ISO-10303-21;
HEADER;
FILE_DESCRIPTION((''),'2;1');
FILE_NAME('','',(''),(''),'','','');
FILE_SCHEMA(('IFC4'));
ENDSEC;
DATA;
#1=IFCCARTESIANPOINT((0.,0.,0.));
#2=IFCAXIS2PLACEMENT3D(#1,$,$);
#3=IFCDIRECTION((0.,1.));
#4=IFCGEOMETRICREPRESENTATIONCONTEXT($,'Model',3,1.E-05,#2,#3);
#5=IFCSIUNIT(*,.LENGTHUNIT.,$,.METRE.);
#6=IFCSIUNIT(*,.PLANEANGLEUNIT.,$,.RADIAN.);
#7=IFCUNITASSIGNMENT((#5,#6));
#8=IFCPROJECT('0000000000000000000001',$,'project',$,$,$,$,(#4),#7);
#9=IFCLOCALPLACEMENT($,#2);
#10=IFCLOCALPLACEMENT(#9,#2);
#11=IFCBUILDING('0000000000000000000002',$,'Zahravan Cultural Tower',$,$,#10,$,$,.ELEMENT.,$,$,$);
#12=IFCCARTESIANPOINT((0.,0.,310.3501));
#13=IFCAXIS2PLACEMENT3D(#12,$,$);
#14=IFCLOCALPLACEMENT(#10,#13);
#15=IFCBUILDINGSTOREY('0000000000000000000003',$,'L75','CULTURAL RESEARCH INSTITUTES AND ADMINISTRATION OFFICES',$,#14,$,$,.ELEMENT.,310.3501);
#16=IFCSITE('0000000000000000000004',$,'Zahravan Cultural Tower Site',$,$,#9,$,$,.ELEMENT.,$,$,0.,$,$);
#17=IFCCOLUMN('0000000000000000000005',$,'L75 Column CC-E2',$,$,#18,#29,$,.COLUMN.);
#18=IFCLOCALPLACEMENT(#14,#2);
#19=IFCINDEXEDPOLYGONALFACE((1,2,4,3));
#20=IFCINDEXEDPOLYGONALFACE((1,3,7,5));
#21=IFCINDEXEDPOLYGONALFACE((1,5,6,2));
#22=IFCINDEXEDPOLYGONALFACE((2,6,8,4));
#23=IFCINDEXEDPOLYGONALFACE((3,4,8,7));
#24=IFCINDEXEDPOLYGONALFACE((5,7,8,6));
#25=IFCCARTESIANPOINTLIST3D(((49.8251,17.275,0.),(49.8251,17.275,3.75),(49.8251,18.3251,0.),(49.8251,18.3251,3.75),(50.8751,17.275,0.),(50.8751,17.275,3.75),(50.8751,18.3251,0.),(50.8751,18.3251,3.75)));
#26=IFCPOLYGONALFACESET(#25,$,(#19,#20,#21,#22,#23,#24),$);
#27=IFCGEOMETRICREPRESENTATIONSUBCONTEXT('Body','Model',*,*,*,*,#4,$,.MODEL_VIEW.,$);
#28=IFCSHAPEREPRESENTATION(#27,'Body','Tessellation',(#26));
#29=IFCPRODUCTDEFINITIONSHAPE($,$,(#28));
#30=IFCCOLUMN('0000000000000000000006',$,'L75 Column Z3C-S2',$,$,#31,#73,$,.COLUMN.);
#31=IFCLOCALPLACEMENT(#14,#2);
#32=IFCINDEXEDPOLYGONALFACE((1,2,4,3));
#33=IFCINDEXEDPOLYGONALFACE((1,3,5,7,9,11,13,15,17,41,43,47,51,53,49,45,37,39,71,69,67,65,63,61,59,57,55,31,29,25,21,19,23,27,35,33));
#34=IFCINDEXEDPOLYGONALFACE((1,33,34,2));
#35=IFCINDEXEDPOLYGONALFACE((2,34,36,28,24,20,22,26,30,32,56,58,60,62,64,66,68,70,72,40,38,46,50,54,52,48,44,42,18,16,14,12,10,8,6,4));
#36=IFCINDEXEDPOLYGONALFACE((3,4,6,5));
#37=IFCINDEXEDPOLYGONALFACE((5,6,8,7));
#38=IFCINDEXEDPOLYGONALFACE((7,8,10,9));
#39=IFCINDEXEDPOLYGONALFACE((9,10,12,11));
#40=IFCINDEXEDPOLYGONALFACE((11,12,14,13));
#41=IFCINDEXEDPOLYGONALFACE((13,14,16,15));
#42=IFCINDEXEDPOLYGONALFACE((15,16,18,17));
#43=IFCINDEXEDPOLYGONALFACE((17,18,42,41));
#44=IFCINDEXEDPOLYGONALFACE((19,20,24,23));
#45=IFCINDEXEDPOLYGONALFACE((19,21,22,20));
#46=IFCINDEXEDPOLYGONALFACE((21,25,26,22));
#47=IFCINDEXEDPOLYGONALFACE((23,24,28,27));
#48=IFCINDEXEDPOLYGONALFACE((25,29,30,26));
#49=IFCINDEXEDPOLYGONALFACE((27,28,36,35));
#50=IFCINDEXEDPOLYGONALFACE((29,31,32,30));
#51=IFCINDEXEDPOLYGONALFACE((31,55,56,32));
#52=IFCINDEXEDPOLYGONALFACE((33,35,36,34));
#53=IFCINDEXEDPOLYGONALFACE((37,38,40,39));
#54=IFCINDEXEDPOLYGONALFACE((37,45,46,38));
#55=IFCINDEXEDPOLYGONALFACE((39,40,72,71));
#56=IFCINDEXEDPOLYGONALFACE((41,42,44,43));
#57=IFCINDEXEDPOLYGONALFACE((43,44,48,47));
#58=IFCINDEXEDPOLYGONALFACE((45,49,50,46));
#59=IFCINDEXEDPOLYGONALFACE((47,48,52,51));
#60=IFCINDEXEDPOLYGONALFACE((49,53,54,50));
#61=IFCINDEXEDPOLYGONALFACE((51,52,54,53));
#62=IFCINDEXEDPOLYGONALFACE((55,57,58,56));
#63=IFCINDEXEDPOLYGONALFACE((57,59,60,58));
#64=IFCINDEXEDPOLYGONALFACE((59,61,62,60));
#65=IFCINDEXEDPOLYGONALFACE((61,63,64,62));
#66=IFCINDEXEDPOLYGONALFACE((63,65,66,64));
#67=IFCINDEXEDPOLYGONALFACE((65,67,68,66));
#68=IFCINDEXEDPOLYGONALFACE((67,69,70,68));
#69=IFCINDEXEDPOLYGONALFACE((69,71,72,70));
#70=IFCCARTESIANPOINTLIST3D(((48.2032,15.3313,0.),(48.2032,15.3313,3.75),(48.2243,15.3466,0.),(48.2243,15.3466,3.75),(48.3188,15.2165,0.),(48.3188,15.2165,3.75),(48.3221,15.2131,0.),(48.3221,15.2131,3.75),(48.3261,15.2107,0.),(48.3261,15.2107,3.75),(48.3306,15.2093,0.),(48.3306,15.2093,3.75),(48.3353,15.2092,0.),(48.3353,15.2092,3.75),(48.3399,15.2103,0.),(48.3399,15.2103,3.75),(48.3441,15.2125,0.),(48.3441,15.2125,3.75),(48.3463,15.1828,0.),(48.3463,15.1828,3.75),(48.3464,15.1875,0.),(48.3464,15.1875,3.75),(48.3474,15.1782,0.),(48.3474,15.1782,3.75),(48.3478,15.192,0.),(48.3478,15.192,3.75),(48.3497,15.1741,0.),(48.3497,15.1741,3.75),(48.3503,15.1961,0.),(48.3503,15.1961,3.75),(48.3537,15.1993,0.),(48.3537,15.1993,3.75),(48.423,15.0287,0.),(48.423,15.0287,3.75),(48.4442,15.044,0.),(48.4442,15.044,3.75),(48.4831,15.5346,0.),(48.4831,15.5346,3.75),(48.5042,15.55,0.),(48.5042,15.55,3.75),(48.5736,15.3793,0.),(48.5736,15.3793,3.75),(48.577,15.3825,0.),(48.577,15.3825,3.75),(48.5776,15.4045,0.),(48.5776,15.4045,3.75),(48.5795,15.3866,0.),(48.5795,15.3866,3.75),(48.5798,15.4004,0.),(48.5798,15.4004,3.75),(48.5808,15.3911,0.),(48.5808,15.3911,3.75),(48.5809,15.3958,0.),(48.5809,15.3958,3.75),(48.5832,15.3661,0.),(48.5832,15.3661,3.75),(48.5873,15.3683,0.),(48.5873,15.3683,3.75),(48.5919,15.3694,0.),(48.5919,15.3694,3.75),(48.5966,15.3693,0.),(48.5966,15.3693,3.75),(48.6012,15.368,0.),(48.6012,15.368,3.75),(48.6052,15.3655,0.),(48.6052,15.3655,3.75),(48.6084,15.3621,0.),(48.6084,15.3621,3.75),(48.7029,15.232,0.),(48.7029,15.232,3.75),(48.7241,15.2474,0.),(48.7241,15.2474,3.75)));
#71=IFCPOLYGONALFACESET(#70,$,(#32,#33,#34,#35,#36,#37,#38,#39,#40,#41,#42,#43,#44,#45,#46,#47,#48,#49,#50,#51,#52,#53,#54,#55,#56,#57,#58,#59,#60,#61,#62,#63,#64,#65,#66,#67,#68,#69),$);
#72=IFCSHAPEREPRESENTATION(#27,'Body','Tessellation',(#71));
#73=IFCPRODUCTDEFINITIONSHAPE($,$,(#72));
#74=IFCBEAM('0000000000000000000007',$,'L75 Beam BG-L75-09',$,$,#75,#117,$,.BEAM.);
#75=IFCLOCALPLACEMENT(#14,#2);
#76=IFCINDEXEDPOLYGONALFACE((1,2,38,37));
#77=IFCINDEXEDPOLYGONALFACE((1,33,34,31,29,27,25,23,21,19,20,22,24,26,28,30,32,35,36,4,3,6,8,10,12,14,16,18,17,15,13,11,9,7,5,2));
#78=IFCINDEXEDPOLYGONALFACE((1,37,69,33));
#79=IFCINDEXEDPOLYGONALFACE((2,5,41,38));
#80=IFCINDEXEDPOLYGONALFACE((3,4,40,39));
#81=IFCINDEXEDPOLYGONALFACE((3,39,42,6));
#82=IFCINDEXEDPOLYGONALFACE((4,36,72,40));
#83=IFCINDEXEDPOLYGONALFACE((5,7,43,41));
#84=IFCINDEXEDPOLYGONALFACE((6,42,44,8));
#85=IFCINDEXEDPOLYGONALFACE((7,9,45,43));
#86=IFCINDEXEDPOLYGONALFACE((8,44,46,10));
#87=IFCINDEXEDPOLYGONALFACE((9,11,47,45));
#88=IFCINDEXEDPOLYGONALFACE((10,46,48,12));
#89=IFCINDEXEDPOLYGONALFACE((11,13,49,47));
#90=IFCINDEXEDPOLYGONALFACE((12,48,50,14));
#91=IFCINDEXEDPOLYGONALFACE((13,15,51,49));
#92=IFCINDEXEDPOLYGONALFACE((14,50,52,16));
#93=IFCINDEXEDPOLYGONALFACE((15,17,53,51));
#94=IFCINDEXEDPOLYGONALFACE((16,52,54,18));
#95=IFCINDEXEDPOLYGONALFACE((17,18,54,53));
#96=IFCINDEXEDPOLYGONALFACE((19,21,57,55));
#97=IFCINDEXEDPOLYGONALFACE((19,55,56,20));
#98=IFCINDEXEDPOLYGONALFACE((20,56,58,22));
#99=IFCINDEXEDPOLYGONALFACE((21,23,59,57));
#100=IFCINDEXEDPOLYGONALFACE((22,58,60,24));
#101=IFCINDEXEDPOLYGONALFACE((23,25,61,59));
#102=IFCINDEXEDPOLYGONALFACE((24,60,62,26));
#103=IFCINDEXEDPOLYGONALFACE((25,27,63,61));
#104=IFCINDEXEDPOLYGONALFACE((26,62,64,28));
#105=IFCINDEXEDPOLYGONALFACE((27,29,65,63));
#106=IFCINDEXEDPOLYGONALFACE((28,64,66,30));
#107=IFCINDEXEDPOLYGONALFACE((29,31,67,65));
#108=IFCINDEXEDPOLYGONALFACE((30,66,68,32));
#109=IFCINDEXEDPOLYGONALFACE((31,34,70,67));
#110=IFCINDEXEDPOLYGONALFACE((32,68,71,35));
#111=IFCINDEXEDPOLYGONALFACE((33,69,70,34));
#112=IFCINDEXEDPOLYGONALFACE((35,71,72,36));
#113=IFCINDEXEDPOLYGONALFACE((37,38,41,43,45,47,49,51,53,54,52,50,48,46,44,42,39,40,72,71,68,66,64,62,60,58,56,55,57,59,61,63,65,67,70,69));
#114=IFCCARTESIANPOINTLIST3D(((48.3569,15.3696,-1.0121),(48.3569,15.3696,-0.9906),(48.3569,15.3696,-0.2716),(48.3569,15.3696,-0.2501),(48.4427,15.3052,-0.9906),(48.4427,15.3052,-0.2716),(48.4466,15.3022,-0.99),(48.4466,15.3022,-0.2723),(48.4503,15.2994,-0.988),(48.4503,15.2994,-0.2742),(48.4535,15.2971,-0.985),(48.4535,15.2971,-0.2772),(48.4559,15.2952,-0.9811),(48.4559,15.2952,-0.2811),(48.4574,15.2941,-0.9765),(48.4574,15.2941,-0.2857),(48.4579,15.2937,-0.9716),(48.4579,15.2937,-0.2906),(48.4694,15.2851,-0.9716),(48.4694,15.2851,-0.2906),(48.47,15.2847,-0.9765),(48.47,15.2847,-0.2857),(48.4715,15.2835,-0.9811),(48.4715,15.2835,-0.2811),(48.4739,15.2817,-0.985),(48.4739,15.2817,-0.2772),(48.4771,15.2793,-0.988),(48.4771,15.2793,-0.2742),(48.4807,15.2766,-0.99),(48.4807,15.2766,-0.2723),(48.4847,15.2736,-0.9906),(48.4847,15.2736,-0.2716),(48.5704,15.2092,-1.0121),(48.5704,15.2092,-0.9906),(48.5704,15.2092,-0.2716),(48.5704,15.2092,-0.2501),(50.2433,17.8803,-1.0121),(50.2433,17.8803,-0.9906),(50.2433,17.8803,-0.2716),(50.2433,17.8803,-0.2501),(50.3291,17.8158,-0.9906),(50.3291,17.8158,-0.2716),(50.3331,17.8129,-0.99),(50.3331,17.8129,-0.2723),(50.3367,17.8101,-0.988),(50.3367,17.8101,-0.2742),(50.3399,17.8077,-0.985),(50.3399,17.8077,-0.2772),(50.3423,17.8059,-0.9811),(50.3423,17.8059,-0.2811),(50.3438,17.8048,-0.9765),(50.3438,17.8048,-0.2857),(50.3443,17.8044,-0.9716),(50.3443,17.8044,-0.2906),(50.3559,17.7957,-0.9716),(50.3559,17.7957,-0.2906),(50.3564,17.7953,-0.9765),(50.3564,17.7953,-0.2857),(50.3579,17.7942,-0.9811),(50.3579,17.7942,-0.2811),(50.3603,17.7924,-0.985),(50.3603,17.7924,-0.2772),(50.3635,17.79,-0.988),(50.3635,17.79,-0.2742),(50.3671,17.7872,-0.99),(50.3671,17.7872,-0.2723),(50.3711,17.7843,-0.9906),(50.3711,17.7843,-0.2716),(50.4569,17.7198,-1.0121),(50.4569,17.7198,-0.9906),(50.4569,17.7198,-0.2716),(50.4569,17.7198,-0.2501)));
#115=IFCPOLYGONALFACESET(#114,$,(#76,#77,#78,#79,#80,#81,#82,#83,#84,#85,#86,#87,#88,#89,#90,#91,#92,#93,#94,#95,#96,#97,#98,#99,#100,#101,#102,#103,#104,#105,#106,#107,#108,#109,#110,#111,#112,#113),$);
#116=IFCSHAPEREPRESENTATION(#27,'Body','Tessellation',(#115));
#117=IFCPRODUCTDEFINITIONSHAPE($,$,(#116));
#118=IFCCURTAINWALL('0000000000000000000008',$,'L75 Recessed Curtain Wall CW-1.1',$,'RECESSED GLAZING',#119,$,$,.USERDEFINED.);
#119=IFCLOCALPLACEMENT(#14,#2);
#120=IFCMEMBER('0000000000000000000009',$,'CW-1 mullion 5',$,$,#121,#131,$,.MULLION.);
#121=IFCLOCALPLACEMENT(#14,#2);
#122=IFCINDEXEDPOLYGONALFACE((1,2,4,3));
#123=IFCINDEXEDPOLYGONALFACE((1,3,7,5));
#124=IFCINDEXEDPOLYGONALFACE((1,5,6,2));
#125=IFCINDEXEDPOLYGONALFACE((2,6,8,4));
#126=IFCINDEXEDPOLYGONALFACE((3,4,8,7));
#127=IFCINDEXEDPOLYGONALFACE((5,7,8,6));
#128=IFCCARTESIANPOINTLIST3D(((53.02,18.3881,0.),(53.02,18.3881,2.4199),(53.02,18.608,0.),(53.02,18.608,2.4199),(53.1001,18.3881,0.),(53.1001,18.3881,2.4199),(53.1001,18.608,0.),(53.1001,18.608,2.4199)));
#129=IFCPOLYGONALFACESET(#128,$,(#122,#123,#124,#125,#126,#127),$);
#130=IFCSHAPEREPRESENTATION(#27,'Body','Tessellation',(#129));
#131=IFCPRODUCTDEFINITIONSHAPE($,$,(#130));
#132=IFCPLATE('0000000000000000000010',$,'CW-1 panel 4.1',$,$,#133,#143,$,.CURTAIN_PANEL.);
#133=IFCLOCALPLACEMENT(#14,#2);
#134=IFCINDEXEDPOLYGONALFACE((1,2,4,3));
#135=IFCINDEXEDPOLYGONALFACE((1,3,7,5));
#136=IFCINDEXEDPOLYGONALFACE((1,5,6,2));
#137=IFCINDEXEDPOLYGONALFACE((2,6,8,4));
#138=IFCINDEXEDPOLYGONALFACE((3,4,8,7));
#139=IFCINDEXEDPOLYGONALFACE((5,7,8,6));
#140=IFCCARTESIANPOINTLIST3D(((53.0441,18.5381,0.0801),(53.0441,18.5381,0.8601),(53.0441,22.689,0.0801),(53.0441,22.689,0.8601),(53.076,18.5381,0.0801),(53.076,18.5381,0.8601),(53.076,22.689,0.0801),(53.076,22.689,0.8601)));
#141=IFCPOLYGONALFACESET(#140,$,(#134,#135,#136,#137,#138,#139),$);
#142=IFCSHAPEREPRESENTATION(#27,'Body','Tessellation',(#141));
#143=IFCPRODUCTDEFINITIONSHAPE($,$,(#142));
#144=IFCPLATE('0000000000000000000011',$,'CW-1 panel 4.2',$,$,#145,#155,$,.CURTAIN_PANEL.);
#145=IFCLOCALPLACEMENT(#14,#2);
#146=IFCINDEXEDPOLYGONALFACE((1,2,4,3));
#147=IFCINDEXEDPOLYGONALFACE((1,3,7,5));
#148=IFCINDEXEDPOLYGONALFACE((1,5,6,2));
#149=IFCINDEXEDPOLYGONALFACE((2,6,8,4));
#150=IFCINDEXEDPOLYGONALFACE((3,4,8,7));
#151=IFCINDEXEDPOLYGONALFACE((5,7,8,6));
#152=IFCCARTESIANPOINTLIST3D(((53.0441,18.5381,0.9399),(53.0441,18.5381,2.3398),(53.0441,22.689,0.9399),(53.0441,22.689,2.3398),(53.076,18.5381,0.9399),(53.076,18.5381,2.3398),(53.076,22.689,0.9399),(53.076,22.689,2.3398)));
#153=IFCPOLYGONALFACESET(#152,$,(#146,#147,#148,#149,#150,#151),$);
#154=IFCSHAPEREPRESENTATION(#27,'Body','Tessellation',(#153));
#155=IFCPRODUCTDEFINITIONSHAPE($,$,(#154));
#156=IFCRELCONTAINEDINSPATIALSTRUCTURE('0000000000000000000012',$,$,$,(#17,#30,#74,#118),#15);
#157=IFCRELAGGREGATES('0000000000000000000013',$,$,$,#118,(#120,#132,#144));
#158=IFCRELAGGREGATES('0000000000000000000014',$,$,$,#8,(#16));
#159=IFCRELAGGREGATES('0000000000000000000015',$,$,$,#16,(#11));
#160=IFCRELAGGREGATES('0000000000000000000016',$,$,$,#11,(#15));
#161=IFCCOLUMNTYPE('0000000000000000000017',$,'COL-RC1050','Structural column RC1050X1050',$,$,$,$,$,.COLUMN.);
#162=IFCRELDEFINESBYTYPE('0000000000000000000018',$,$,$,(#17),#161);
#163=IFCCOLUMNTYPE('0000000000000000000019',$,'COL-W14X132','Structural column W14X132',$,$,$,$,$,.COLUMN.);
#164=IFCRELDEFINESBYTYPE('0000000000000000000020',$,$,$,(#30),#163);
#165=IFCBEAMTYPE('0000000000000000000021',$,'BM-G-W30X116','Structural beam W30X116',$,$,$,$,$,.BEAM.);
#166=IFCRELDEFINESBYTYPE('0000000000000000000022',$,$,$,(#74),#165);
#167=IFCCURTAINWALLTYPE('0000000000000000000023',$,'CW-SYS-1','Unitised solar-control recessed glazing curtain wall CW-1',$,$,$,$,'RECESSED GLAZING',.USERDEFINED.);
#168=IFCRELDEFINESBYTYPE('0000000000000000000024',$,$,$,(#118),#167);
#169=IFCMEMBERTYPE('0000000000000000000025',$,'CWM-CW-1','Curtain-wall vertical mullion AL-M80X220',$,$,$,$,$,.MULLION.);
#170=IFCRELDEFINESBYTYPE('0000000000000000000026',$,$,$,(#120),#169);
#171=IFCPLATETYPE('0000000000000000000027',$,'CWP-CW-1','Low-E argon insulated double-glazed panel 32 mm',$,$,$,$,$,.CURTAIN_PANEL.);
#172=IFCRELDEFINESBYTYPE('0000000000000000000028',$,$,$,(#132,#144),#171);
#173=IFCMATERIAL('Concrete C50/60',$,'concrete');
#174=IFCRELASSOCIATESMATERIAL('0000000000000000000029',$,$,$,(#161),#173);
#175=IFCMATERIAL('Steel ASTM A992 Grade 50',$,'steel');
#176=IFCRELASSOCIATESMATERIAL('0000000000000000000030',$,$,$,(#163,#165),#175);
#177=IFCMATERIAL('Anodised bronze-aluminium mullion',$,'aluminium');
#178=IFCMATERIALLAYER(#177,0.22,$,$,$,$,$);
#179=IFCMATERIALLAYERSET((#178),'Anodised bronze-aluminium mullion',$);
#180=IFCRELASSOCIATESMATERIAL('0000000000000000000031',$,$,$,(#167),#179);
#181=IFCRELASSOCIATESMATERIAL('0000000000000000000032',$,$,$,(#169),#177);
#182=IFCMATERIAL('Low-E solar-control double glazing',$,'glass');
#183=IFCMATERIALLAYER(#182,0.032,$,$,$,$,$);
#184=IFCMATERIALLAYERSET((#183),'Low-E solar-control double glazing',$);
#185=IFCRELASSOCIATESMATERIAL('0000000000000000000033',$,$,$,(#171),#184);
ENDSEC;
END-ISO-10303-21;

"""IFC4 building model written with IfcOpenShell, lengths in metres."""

from ifc_helpers import new_model, si_unit, direction, frame, origin, origin_2d, place, context, subcontext, project, spatial, rectangle, i_section, extrude, source, transform, mapped, material, layer, layer_set, material_profile, profile_set, type_object, element, aggregate, save


model = new_model("IFC4")

# Units and contexts
model_context = context("Model", 3, precision=1e-05, world=origin(), true_north=direction((0.0, 1.0)))
body_context = subcontext(model_context, "Body", "Model", "MODEL_VIEW")
ifc_project = project(units=[si_unit("LENGTHUNIT", "METRE"), si_unit("PLANEANGLEUNIT", "RADIAN")], contexts=[model_context])

# Site, building, storey
site_placement = place(None, origin())
site = spatial("IfcSite", under=ifc_project, at=site_placement, Name="Zahravan Cultural Tower Site", CompositionType="ELEMENT", RefElevation=0.0)
building_placement = place(site_placement, origin())
building = spatial("IfcBuilding", under=site, at=building_placement, Name="Zahravan Cultural Tower", CompositionType="ELEMENT")
storey_placement = place(building_placement, frame((0.0, 0.0, 310.3501)))
storey = spatial("IfcBuildingStorey", under=building, at=storey_placement, Name="L75", Description="CULTURAL RESEARCH INSTITUTES AND ADMINISTRATION OFFICES", CompositionType="ELEMENT", Elevation=310.3501)

# Columns
ifc_material_1 = material(Name="Concrete C50/60", Category="concrete")
ifc_material_profile_1 = material_profile(ifc_material_1, rectangle(XDim=1.05, YDim=1.05, at=origin_2d()), Name="RC1050X1050")
ifc_profile_set_1 = profile_set([ifc_material_profile_1], Name="Concrete C50/60")
column_type_1 = type_object("IfcColumnType", Name="COL-RC1050", Description="Structural column RC1050X1050", PredefinedType="COLUMN", material=ifc_profile_set_1)
shared_shape_1 = source(origin(), body_context, "Body", "SweptSolid", [
    extrude(rectangle(XDim=1.05, YDim=1.05, at=origin_2d()), origin(), (0.0, 0.0, 1.0), 3.75),
])
column_1_placement = place(storey_placement, frame((50.3501, 17.8, 0.0), z_axis=(0.0, 0.0, 1.0), x_axis=(1.0, 0.0, 0.0)))
element("IfcColumn", 1, at=column_1_placement, inside=storey, type_object=column_type_1, Name="L75 Column CC-E2", PredefinedType="COLUMN", context=body_context, shape_type="MappedRepresentation", body=[
    mapped(shared_shape_1, transform((0.0, 0.0, 0.0), x_axis=(1.0, 0.0, 0.0), y_axis=(0.0, 1.0, 0.0), z_axis=(0.0, 0.0, 1.0), scale=1.0)),
])
ifc_material_2 = material(Name="Steel ASTM A992 Grade 50", Category="steel")
ifc_material_profile_2 = material_profile(ifc_material_2, i_section(OverallWidth=0.374, OverallDepth=0.3721, WebThickness=0.0164, FlangeThickness=0.0261, FilletRadius=0.0181, at=origin_2d()), Name="W14X132")
ifc_profile_set_2 = profile_set([ifc_material_profile_2], Name="Steel ASTM A992 Grade 50")
column_type_2 = type_object("IfcColumnType", Name="COL-W14X132", Description="Structural column W14X132", PredefinedType="COLUMN", material=ifc_profile_set_2)
shared_shape_2 = source(origin(), body_context, "Body", "SweptSolid", [
    extrude(i_section(OverallWidth=0.374, OverallDepth=0.3721, WebThickness=0.0164, FlangeThickness=0.0261, FilletRadius=0.0181, at=origin_2d()), origin(), (0.0, 0.0, 1.0), 3.75),
])
column_2_placement = place(storey_placement, frame((48.4636, 15.2893, 0.0), z_axis=(0.0, 0.0, 1.0), x_axis=(-0.587785, 0.809017, 0.0)))
element("IfcColumn", 2, at=column_2_placement, inside=storey, type_object=column_type_2, Name="L75 Column Z3C-S2", PredefinedType="COLUMN", context=body_context, shape_type="MappedRepresentation", body=[
    mapped(shared_shape_2, transform((0.0, 0.0, 0.0), x_axis=(1.0, 0.0, 0.0), y_axis=(0.0, 1.0, 0.0), z_axis=(0.0, 0.0, 1.0), scale=1.0)),
])

# Beam
ifc_material_profile_3 = material_profile(ifc_material_2, i_section(OverallWidth=0.2671, OverallDepth=0.762, WebThickness=0.0144, FlangeThickness=0.0215, FilletRadius=0.019, at=origin_2d()), Name="W30X116")
ifc_profile_set_3 = profile_set([ifc_material_profile_3], Name="Steel ASTM A992 Grade 50")
beam_type = type_object("IfcBeamType", Name="BM-G-W30X116", Description="Structural beam W30X116", PredefinedType="BEAM", material=ifc_profile_set_3)
shared_shape_3 = source(origin(), body_context, "Body", "SweptSolid", [
    extrude(i_section(OverallWidth=0.2671, OverallDepth=0.762, WebThickness=0.0144, FlangeThickness=0.0215, FilletRadius=0.019, at=origin_2d()), origin(), (0.0, 0.0, 1.0), 3.1404),
])
beam_placement = place(storey_placement, frame((50.3501, 17.8, -0.6311), z_axis=(-0.600696, -0.799477, 0.0), x_axis=(0.799477, -0.600696, 0.0)))
element("IfcBeam", 3, at=beam_placement, inside=storey, type_object=beam_type, Name="L75 Beam BG-L75-09", PredefinedType="BEAM", context=body_context, shape_type="MappedRepresentation", body=[
    mapped(shared_shape_3, transform((0.0, 0.0, 0.0), x_axis=(1.0, 0.0, 0.0), y_axis=(0.0, 1.0, 0.0), z_axis=(0.0, 0.0, 1.0), scale=1.0)),
])

# Curtain wall, member, plates
ifc_material_3 = material(Name="Anodised bronze-aluminium mullion", Category="aluminium")
ifc_layer_1 = layer(ifc_material_3, 0.22)
ifc_layer_set_1 = layer_set([ifc_layer_1], Name="Anodised bronze-aluminium mullion")
curtain_wall_type = type_object("IfcCurtainWallType", Name="CW-SYS-1", Description="Unitised solar-control recessed glazing curtain wall CW-1", ElementType="RECESSED GLAZING", PredefinedType="USERDEFINED", material=ifc_layer_set_1)
curtain_wall_placement = place(storey_placement, origin())
curtain_wall = element("IfcCurtainWall", 4, at=curtain_wall_placement, inside=storey, type_object=curtain_wall_type, Name="L75 Recessed Curtain Wall CW-1.1", ObjectType="RECESSED GLAZING", PredefinedType="USERDEFINED")
ifc_material_profile_4 = material_profile(ifc_material_3, rectangle(XDim=0.0801, YDim=0.22, at=origin_2d()), Name="AL-M80X220")
ifc_profile_set_4 = profile_set([ifc_material_profile_4], Name="Anodised bronze-aluminium mullion")
member_type = type_object("IfcMemberType", Name="CWM-CW-1", Description="Curtain-wall vertical mullion AL-M80X220", PredefinedType="MULLION", material=ifc_profile_set_4)
shared_shape_4 = source(origin(), body_context, "Body", "SweptSolid", [
    extrude(rectangle(XDim=0.0801, YDim=0.22, at=origin_2d()), origin(), (0.0, 0.0, 1.0), 2.4199),
])
member_placement = place(storey_placement, frame((53.0601, 18.498, 0.0), z_axis=(0.0, 0.0, 1.0), x_axis=(1.0, 0.0, 0.0)))
member = element("IfcMember", 5, at=member_placement, type_object=member_type, Name="CW-1 mullion 5", PredefinedType="MULLION", context=body_context, shape_type="MappedRepresentation", body=[
    mapped(shared_shape_4, transform((0.0, 0.0, 0.0), x_axis=(1.0, 0.0, 0.0), y_axis=(0.0, 1.0, 0.0), z_axis=(0.0, 0.0, 1.0), scale=1.0)),
])
ifc_material_4 = material(Name="Low-E solar-control double glazing", Category="glass")
ifc_layer_2 = layer(ifc_material_4, 0.032)
ifc_layer_set_2 = layer_set([ifc_layer_2], Name="Low-E solar-control double glazing")
plate_type = type_object("IfcPlateType", Name="CWP-CW-1", Description="Low-E argon insulated double-glazed panel 32 mm", PredefinedType="CURTAIN_PANEL", material=ifc_layer_set_2)
shared_shape_5 = source(origin(), body_context, "Body", "SweptSolid", [
    extrude(rectangle(XDim=4.1509, YDim=0.032, at=origin_2d()), origin(), (0.0, 0.0, 1.0), 0.78),
])
plate_1_placement = place(storey_placement, frame((53.0601, 20.6135, 0.0801), z_axis=(0.0, 0.0, 1.0), x_axis=(0.0, -1.0, 0.0)))
plate_1 = element("IfcPlate", 6, at=plate_1_placement, type_object=plate_type, Name="CW-1 panel 4.1", PredefinedType="CURTAIN_PANEL", context=body_context, shape_type="MappedRepresentation", body=[
    mapped(shared_shape_5, transform((0.0, 0.0, 0.0), x_axis=(1.0, 0.0, 0.0), y_axis=(0.0, 1.0, 0.0), z_axis=(0.0, 0.0, 1.0), scale=1.0)),
])
shared_shape_6 = source(origin(), body_context, "Body", "SweptSolid", [
    extrude(rectangle(XDim=4.1509, YDim=0.032, at=origin_2d()), origin(), (0.0, 0.0, 1.0), 1.3999),
])
plate_2_placement = place(storey_placement, frame((53.0601, 20.6135, 0.9399), z_axis=(0.0, 0.0, 1.0), x_axis=(0.0, -1.0, 0.0)))
plate_2 = element("IfcPlate", 7, at=plate_2_placement, type_object=plate_type, Name="CW-1 panel 4.2", PredefinedType="CURTAIN_PANEL", context=body_context, shape_type="MappedRepresentation", body=[
    mapped(shared_shape_6, transform((0.0, 0.0, 0.0), x_axis=(1.0, 0.0, 0.0), y_axis=(0.0, 1.0, 0.0), z_axis=(0.0, 0.0, 1.0), scale=1.0)),
])
aggregate(curtain_wall, [member, plate_1, plate_2])

save(model, "model.ifc")
